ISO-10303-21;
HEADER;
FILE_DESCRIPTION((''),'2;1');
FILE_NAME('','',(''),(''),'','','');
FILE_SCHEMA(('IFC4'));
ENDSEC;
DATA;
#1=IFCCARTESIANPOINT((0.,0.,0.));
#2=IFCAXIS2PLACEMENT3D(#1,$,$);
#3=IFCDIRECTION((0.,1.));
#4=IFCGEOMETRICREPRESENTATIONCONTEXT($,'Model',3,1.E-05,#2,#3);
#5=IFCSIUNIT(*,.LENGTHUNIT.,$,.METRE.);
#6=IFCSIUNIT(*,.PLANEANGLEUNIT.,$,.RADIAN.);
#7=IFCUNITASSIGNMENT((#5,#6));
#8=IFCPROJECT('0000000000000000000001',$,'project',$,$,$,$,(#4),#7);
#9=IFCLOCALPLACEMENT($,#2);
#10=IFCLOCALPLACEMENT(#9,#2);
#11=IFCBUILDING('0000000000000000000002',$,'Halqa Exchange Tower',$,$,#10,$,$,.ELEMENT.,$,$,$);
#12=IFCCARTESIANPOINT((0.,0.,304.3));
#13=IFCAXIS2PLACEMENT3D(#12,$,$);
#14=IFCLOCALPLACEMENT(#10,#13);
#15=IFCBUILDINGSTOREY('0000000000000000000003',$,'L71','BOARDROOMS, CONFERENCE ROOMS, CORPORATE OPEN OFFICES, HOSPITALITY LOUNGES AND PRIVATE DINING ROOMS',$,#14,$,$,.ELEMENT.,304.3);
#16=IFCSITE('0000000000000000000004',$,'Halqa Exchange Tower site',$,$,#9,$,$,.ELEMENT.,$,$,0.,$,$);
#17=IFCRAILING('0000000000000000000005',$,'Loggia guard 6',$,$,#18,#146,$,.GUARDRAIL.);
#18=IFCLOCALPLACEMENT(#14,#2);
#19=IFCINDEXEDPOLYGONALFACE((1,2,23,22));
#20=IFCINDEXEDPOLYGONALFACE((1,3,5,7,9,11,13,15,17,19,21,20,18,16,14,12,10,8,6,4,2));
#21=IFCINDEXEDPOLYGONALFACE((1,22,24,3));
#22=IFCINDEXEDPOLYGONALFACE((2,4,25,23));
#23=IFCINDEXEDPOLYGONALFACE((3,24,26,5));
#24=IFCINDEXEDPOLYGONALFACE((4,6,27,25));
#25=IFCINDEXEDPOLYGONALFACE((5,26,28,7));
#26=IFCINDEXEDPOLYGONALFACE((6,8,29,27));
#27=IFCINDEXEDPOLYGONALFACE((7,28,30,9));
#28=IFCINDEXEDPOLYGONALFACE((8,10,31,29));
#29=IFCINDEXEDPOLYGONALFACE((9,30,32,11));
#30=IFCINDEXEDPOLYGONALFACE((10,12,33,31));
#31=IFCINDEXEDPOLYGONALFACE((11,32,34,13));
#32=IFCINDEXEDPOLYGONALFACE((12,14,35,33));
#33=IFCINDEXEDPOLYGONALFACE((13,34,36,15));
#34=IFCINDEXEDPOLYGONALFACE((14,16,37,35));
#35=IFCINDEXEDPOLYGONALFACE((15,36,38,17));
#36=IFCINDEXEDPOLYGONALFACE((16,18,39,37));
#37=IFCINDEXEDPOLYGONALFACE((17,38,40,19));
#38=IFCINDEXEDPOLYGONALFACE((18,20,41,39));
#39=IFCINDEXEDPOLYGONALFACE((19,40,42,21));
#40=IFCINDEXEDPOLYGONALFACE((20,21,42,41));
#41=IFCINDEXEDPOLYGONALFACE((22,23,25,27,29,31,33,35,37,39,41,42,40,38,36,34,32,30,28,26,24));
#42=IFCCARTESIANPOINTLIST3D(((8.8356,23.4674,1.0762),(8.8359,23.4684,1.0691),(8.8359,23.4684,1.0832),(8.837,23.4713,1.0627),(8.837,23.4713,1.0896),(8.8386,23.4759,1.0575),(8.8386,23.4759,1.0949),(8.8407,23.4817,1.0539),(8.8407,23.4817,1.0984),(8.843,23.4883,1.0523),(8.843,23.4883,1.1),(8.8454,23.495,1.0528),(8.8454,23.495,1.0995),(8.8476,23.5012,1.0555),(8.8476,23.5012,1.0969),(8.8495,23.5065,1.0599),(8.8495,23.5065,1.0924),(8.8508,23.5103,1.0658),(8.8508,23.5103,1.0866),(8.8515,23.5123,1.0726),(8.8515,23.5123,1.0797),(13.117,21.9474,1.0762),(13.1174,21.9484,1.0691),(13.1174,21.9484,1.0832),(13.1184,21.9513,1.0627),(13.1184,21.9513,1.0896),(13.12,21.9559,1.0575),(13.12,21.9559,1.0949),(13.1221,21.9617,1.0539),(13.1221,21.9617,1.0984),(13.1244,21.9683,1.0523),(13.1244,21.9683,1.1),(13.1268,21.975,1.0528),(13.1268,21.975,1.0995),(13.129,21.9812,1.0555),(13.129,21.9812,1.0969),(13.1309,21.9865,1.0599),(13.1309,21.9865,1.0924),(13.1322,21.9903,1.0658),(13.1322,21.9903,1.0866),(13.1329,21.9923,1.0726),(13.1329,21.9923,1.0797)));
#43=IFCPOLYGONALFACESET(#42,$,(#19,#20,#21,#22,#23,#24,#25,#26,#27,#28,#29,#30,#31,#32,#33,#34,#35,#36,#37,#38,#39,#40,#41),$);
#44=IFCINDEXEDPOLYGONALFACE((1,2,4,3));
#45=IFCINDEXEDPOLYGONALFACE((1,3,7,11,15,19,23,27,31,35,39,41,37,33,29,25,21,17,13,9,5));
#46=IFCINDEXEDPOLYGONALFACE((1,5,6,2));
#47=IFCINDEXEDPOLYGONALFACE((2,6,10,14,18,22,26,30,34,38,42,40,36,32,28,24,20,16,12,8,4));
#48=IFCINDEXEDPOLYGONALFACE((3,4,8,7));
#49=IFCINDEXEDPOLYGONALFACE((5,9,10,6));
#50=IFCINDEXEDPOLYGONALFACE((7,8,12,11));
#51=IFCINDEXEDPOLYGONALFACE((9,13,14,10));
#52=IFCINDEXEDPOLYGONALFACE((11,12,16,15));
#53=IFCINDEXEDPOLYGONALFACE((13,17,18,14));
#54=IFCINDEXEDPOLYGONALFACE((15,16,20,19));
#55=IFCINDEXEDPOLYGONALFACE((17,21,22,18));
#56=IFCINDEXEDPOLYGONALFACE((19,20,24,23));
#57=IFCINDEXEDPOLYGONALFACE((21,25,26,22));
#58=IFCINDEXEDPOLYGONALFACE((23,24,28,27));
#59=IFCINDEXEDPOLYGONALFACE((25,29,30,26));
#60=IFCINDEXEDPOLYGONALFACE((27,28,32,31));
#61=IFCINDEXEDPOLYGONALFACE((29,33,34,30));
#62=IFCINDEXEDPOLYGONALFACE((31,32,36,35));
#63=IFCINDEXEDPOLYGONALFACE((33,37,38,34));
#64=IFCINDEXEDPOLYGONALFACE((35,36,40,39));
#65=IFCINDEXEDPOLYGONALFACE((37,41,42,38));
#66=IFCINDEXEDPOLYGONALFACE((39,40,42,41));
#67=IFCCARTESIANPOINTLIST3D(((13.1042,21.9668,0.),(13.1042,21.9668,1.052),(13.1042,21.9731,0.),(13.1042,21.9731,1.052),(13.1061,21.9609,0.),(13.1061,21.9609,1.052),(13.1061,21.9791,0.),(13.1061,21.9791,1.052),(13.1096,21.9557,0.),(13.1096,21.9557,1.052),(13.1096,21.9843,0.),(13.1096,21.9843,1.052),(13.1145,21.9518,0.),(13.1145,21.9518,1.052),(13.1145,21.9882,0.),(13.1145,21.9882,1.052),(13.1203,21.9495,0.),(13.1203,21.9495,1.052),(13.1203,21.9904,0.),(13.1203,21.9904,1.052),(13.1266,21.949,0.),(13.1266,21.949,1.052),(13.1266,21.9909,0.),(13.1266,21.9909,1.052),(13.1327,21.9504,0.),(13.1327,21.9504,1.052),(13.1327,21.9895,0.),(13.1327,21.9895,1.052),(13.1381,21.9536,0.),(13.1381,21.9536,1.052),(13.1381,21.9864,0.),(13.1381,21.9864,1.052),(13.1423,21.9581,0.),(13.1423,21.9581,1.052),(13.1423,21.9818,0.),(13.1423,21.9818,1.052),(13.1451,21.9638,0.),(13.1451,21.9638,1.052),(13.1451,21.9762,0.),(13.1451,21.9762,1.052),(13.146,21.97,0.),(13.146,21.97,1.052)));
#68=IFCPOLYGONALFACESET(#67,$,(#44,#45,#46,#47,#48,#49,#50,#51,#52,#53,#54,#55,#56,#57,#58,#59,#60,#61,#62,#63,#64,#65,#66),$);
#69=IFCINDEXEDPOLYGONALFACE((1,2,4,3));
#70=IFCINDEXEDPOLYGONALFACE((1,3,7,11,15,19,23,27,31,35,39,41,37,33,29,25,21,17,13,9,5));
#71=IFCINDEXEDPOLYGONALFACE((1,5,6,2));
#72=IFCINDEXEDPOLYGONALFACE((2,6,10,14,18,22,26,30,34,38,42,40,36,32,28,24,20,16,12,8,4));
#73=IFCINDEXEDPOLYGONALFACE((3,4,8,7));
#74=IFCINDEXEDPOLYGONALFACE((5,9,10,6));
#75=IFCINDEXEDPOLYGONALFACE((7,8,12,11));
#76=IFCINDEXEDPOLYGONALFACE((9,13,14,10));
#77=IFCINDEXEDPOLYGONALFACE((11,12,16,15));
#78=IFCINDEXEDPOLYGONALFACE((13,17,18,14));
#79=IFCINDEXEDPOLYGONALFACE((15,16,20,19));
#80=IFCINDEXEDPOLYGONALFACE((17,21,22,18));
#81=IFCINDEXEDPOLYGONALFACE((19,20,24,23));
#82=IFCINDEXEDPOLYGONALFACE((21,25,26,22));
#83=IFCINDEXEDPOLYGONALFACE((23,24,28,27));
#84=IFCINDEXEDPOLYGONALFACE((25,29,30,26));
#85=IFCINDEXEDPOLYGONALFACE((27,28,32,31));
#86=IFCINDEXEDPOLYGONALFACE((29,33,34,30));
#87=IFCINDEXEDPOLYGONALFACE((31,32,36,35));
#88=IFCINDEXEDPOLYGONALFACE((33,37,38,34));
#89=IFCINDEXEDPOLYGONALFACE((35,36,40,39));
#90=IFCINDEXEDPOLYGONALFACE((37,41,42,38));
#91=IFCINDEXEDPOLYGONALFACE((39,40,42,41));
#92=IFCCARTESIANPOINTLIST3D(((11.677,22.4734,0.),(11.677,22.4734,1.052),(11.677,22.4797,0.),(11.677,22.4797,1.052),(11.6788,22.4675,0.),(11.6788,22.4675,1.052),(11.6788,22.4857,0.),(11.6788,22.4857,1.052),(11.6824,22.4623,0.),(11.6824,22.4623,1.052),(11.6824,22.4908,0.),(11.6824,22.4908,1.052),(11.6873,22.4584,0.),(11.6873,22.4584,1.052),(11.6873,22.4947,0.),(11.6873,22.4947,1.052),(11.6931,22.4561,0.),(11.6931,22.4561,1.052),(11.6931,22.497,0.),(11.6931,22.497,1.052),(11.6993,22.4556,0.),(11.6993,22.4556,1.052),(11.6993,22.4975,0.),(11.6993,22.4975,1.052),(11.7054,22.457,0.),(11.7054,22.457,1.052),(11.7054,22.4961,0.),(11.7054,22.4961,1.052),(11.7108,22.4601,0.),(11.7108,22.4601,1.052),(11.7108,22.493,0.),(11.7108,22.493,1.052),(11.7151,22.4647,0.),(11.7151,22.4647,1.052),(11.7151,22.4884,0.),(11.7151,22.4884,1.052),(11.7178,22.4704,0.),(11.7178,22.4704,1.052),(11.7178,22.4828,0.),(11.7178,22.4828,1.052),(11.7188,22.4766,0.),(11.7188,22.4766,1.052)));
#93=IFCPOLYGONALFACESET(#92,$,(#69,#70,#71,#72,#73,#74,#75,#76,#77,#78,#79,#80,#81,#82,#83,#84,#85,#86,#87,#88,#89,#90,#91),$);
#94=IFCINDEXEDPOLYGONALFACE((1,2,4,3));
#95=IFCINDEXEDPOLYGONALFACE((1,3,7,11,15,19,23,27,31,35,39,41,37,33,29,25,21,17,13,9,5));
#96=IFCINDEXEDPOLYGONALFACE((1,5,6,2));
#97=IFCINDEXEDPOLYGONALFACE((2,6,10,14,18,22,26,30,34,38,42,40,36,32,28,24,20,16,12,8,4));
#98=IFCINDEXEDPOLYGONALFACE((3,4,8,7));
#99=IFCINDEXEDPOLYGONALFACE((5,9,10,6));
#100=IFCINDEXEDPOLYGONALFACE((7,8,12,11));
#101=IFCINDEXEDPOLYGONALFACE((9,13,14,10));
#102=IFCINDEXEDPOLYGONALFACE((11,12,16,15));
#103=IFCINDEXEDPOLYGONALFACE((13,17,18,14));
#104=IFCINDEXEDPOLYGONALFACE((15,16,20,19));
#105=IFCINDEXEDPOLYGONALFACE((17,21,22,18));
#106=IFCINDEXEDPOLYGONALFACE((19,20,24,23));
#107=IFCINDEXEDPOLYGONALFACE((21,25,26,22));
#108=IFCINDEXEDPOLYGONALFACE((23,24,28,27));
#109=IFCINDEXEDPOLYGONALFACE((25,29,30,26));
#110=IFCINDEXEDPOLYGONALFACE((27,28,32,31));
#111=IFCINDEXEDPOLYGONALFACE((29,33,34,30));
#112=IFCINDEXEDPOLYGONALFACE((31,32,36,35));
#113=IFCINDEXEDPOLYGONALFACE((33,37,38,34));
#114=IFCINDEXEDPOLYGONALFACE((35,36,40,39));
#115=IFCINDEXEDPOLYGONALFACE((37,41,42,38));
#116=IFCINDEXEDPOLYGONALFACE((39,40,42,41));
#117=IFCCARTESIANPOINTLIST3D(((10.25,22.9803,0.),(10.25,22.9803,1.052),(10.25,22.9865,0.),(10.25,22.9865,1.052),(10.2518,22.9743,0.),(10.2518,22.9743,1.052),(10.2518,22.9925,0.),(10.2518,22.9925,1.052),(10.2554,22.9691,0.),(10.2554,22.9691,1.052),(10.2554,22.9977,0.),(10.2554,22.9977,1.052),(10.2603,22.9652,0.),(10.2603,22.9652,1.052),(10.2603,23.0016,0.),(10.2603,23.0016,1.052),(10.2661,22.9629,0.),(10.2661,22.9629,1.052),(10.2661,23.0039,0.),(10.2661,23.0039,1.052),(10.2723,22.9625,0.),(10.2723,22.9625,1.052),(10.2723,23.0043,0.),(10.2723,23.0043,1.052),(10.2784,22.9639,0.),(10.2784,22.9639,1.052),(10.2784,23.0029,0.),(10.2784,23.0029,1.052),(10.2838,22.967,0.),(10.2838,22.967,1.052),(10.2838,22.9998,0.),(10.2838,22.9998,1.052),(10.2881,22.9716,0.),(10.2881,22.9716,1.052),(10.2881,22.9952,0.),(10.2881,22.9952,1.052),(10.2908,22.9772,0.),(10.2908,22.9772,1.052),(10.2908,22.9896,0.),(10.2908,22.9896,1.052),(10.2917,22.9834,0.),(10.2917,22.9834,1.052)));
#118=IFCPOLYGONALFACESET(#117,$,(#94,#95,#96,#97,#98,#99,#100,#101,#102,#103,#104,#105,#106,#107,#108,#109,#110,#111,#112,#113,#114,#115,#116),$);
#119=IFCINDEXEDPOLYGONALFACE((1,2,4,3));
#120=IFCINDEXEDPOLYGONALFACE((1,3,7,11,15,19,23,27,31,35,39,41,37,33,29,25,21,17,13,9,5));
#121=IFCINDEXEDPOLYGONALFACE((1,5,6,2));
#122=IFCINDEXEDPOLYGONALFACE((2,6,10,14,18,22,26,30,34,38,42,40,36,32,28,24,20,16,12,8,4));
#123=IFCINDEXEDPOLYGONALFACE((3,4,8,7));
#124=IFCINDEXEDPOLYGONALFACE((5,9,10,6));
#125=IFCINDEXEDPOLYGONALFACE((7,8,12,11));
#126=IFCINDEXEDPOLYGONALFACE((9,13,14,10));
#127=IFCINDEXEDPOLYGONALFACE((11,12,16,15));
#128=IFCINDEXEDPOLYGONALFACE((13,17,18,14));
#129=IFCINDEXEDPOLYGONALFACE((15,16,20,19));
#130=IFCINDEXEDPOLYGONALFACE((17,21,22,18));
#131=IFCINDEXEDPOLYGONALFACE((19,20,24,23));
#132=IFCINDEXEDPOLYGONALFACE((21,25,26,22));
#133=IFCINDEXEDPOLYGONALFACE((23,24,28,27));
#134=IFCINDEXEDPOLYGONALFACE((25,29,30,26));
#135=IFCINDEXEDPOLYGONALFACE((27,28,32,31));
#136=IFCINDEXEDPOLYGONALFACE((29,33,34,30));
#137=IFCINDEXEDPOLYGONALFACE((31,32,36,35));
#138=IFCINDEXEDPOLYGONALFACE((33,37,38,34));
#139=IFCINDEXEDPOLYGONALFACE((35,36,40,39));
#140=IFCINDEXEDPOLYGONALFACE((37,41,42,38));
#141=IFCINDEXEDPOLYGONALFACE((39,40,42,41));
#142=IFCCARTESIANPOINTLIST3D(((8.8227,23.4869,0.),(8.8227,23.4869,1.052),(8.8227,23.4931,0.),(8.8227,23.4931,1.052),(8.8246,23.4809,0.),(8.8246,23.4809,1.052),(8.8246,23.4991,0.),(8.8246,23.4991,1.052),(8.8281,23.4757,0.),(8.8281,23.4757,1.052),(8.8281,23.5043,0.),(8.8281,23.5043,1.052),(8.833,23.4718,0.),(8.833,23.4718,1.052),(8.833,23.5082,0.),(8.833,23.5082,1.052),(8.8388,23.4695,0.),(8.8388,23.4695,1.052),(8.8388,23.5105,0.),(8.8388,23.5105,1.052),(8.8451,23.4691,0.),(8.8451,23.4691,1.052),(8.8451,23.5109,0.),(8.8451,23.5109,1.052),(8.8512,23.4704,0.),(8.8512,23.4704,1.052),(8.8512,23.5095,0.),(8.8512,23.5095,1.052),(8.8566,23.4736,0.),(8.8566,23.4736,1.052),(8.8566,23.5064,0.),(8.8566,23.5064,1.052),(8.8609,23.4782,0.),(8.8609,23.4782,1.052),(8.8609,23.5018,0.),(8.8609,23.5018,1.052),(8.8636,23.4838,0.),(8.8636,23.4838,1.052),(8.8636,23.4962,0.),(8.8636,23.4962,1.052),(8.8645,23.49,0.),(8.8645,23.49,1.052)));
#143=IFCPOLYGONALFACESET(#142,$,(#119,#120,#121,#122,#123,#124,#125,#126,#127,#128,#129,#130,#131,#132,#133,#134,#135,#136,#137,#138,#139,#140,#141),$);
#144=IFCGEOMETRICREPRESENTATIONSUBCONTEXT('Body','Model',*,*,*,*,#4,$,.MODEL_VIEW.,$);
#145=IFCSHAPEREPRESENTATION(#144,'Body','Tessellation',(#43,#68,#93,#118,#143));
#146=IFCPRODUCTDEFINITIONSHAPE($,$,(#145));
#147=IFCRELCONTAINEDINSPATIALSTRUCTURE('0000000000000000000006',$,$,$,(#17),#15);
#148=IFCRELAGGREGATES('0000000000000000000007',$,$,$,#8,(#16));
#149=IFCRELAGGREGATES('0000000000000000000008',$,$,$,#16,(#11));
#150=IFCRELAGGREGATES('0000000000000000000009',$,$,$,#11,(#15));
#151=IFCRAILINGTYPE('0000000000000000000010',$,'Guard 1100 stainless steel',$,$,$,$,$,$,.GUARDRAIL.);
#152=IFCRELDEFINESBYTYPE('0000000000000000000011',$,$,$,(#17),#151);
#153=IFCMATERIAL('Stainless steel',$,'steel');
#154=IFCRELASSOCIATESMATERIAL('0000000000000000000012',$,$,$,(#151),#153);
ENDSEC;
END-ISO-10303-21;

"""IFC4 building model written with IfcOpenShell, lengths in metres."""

from ifc_helpers import new_model, si_unit, direction, frame, origin, origin_2d, place, context, subcontext, project, spatial, circle, extrude, material, type_object, element, save


model = new_model("IFC4")

# Units and contexts
model_context = context("Model", 3, precision=1e-05, world=origin(), true_north=direction((0.0, 1.0)))
body_context = subcontext(model_context, "Body", "Model", "MODEL_VIEW")
ifc_project = project(units=[si_unit("LENGTHUNIT", "METRE"), si_unit("PLANEANGLEUNIT", "RADIAN")], contexts=[model_context])

# Site, building, storey
site_placement = place(None, origin())
site = spatial("IfcSite", under=ifc_project, at=site_placement, Name="Halqa Exchange Tower site", CompositionType="ELEMENT", RefElevation=0.0)
building_placement = place(site_placement, origin())
building = spatial("IfcBuilding", under=site, at=building_placement, Name="Halqa Exchange Tower", CompositionType="ELEMENT")
storey_placement = place(building_placement, frame((0.0, 0.0, 304.3)))
storey = spatial("IfcBuildingStorey", under=building, at=storey_placement, Name="L71", Description="BOARDROOMS, CONFERENCE ROOMS, CORPORATE OPEN OFFICES, HOSPITALITY LOUNGES AND PRIVATE DINING ROOMS", CompositionType="ELEMENT", Elevation=304.3)

# Railing
ifc_material_1 = material(Name="Stainless steel", Category="steel")
railing_type = type_object("IfcRailingType", Name="Guard 1100 stainless steel", PredefinedType="GUARDRAIL", material=ifc_material_1)
railing_1_placement = place(storey_placement, frame((13.125, 21.97, 0.0)))
element("IfcRailing", 1, at=railing_1_placement, inside=storey, type_object=railing_type, Name="Loggia guard 6", PredefinedType="GUARDRAIL", context=body_context, shape_type="SweptSolid", body=[
    extrude(circle(Radius=0.0239, at=origin_2d()), frame((0.0, 0.0, 1.0762), z_axis=(-0.942374, 0.334562, 0.0), x_axis=(-0.334562, -0.942374, 0.0)), (0.0, 0.0, 1.0), 4.5432),
    extrude(circle(Radius=0.021, at=origin_2d()), origin(), (0.0, 0.0, 1.0), 1.052),
    extrude(circle(Radius=0.021, at=origin_2d()), frame((-1.4272, 0.5066, 0.0)), (0.0, 0.0, 1.0), 1.052),
    extrude(circle(Radius=0.021, at=origin_2d()), frame((-2.8542, 1.0134, 0.0)), (0.0, 0.0, 1.0), 1.052),
    extrude(circle(Radius=0.021, at=origin_2d()), frame((-4.2815, 1.52, 0.0)), (0.0, 0.0, 1.0), 1.052),
])

save(model, "model.ifc")
